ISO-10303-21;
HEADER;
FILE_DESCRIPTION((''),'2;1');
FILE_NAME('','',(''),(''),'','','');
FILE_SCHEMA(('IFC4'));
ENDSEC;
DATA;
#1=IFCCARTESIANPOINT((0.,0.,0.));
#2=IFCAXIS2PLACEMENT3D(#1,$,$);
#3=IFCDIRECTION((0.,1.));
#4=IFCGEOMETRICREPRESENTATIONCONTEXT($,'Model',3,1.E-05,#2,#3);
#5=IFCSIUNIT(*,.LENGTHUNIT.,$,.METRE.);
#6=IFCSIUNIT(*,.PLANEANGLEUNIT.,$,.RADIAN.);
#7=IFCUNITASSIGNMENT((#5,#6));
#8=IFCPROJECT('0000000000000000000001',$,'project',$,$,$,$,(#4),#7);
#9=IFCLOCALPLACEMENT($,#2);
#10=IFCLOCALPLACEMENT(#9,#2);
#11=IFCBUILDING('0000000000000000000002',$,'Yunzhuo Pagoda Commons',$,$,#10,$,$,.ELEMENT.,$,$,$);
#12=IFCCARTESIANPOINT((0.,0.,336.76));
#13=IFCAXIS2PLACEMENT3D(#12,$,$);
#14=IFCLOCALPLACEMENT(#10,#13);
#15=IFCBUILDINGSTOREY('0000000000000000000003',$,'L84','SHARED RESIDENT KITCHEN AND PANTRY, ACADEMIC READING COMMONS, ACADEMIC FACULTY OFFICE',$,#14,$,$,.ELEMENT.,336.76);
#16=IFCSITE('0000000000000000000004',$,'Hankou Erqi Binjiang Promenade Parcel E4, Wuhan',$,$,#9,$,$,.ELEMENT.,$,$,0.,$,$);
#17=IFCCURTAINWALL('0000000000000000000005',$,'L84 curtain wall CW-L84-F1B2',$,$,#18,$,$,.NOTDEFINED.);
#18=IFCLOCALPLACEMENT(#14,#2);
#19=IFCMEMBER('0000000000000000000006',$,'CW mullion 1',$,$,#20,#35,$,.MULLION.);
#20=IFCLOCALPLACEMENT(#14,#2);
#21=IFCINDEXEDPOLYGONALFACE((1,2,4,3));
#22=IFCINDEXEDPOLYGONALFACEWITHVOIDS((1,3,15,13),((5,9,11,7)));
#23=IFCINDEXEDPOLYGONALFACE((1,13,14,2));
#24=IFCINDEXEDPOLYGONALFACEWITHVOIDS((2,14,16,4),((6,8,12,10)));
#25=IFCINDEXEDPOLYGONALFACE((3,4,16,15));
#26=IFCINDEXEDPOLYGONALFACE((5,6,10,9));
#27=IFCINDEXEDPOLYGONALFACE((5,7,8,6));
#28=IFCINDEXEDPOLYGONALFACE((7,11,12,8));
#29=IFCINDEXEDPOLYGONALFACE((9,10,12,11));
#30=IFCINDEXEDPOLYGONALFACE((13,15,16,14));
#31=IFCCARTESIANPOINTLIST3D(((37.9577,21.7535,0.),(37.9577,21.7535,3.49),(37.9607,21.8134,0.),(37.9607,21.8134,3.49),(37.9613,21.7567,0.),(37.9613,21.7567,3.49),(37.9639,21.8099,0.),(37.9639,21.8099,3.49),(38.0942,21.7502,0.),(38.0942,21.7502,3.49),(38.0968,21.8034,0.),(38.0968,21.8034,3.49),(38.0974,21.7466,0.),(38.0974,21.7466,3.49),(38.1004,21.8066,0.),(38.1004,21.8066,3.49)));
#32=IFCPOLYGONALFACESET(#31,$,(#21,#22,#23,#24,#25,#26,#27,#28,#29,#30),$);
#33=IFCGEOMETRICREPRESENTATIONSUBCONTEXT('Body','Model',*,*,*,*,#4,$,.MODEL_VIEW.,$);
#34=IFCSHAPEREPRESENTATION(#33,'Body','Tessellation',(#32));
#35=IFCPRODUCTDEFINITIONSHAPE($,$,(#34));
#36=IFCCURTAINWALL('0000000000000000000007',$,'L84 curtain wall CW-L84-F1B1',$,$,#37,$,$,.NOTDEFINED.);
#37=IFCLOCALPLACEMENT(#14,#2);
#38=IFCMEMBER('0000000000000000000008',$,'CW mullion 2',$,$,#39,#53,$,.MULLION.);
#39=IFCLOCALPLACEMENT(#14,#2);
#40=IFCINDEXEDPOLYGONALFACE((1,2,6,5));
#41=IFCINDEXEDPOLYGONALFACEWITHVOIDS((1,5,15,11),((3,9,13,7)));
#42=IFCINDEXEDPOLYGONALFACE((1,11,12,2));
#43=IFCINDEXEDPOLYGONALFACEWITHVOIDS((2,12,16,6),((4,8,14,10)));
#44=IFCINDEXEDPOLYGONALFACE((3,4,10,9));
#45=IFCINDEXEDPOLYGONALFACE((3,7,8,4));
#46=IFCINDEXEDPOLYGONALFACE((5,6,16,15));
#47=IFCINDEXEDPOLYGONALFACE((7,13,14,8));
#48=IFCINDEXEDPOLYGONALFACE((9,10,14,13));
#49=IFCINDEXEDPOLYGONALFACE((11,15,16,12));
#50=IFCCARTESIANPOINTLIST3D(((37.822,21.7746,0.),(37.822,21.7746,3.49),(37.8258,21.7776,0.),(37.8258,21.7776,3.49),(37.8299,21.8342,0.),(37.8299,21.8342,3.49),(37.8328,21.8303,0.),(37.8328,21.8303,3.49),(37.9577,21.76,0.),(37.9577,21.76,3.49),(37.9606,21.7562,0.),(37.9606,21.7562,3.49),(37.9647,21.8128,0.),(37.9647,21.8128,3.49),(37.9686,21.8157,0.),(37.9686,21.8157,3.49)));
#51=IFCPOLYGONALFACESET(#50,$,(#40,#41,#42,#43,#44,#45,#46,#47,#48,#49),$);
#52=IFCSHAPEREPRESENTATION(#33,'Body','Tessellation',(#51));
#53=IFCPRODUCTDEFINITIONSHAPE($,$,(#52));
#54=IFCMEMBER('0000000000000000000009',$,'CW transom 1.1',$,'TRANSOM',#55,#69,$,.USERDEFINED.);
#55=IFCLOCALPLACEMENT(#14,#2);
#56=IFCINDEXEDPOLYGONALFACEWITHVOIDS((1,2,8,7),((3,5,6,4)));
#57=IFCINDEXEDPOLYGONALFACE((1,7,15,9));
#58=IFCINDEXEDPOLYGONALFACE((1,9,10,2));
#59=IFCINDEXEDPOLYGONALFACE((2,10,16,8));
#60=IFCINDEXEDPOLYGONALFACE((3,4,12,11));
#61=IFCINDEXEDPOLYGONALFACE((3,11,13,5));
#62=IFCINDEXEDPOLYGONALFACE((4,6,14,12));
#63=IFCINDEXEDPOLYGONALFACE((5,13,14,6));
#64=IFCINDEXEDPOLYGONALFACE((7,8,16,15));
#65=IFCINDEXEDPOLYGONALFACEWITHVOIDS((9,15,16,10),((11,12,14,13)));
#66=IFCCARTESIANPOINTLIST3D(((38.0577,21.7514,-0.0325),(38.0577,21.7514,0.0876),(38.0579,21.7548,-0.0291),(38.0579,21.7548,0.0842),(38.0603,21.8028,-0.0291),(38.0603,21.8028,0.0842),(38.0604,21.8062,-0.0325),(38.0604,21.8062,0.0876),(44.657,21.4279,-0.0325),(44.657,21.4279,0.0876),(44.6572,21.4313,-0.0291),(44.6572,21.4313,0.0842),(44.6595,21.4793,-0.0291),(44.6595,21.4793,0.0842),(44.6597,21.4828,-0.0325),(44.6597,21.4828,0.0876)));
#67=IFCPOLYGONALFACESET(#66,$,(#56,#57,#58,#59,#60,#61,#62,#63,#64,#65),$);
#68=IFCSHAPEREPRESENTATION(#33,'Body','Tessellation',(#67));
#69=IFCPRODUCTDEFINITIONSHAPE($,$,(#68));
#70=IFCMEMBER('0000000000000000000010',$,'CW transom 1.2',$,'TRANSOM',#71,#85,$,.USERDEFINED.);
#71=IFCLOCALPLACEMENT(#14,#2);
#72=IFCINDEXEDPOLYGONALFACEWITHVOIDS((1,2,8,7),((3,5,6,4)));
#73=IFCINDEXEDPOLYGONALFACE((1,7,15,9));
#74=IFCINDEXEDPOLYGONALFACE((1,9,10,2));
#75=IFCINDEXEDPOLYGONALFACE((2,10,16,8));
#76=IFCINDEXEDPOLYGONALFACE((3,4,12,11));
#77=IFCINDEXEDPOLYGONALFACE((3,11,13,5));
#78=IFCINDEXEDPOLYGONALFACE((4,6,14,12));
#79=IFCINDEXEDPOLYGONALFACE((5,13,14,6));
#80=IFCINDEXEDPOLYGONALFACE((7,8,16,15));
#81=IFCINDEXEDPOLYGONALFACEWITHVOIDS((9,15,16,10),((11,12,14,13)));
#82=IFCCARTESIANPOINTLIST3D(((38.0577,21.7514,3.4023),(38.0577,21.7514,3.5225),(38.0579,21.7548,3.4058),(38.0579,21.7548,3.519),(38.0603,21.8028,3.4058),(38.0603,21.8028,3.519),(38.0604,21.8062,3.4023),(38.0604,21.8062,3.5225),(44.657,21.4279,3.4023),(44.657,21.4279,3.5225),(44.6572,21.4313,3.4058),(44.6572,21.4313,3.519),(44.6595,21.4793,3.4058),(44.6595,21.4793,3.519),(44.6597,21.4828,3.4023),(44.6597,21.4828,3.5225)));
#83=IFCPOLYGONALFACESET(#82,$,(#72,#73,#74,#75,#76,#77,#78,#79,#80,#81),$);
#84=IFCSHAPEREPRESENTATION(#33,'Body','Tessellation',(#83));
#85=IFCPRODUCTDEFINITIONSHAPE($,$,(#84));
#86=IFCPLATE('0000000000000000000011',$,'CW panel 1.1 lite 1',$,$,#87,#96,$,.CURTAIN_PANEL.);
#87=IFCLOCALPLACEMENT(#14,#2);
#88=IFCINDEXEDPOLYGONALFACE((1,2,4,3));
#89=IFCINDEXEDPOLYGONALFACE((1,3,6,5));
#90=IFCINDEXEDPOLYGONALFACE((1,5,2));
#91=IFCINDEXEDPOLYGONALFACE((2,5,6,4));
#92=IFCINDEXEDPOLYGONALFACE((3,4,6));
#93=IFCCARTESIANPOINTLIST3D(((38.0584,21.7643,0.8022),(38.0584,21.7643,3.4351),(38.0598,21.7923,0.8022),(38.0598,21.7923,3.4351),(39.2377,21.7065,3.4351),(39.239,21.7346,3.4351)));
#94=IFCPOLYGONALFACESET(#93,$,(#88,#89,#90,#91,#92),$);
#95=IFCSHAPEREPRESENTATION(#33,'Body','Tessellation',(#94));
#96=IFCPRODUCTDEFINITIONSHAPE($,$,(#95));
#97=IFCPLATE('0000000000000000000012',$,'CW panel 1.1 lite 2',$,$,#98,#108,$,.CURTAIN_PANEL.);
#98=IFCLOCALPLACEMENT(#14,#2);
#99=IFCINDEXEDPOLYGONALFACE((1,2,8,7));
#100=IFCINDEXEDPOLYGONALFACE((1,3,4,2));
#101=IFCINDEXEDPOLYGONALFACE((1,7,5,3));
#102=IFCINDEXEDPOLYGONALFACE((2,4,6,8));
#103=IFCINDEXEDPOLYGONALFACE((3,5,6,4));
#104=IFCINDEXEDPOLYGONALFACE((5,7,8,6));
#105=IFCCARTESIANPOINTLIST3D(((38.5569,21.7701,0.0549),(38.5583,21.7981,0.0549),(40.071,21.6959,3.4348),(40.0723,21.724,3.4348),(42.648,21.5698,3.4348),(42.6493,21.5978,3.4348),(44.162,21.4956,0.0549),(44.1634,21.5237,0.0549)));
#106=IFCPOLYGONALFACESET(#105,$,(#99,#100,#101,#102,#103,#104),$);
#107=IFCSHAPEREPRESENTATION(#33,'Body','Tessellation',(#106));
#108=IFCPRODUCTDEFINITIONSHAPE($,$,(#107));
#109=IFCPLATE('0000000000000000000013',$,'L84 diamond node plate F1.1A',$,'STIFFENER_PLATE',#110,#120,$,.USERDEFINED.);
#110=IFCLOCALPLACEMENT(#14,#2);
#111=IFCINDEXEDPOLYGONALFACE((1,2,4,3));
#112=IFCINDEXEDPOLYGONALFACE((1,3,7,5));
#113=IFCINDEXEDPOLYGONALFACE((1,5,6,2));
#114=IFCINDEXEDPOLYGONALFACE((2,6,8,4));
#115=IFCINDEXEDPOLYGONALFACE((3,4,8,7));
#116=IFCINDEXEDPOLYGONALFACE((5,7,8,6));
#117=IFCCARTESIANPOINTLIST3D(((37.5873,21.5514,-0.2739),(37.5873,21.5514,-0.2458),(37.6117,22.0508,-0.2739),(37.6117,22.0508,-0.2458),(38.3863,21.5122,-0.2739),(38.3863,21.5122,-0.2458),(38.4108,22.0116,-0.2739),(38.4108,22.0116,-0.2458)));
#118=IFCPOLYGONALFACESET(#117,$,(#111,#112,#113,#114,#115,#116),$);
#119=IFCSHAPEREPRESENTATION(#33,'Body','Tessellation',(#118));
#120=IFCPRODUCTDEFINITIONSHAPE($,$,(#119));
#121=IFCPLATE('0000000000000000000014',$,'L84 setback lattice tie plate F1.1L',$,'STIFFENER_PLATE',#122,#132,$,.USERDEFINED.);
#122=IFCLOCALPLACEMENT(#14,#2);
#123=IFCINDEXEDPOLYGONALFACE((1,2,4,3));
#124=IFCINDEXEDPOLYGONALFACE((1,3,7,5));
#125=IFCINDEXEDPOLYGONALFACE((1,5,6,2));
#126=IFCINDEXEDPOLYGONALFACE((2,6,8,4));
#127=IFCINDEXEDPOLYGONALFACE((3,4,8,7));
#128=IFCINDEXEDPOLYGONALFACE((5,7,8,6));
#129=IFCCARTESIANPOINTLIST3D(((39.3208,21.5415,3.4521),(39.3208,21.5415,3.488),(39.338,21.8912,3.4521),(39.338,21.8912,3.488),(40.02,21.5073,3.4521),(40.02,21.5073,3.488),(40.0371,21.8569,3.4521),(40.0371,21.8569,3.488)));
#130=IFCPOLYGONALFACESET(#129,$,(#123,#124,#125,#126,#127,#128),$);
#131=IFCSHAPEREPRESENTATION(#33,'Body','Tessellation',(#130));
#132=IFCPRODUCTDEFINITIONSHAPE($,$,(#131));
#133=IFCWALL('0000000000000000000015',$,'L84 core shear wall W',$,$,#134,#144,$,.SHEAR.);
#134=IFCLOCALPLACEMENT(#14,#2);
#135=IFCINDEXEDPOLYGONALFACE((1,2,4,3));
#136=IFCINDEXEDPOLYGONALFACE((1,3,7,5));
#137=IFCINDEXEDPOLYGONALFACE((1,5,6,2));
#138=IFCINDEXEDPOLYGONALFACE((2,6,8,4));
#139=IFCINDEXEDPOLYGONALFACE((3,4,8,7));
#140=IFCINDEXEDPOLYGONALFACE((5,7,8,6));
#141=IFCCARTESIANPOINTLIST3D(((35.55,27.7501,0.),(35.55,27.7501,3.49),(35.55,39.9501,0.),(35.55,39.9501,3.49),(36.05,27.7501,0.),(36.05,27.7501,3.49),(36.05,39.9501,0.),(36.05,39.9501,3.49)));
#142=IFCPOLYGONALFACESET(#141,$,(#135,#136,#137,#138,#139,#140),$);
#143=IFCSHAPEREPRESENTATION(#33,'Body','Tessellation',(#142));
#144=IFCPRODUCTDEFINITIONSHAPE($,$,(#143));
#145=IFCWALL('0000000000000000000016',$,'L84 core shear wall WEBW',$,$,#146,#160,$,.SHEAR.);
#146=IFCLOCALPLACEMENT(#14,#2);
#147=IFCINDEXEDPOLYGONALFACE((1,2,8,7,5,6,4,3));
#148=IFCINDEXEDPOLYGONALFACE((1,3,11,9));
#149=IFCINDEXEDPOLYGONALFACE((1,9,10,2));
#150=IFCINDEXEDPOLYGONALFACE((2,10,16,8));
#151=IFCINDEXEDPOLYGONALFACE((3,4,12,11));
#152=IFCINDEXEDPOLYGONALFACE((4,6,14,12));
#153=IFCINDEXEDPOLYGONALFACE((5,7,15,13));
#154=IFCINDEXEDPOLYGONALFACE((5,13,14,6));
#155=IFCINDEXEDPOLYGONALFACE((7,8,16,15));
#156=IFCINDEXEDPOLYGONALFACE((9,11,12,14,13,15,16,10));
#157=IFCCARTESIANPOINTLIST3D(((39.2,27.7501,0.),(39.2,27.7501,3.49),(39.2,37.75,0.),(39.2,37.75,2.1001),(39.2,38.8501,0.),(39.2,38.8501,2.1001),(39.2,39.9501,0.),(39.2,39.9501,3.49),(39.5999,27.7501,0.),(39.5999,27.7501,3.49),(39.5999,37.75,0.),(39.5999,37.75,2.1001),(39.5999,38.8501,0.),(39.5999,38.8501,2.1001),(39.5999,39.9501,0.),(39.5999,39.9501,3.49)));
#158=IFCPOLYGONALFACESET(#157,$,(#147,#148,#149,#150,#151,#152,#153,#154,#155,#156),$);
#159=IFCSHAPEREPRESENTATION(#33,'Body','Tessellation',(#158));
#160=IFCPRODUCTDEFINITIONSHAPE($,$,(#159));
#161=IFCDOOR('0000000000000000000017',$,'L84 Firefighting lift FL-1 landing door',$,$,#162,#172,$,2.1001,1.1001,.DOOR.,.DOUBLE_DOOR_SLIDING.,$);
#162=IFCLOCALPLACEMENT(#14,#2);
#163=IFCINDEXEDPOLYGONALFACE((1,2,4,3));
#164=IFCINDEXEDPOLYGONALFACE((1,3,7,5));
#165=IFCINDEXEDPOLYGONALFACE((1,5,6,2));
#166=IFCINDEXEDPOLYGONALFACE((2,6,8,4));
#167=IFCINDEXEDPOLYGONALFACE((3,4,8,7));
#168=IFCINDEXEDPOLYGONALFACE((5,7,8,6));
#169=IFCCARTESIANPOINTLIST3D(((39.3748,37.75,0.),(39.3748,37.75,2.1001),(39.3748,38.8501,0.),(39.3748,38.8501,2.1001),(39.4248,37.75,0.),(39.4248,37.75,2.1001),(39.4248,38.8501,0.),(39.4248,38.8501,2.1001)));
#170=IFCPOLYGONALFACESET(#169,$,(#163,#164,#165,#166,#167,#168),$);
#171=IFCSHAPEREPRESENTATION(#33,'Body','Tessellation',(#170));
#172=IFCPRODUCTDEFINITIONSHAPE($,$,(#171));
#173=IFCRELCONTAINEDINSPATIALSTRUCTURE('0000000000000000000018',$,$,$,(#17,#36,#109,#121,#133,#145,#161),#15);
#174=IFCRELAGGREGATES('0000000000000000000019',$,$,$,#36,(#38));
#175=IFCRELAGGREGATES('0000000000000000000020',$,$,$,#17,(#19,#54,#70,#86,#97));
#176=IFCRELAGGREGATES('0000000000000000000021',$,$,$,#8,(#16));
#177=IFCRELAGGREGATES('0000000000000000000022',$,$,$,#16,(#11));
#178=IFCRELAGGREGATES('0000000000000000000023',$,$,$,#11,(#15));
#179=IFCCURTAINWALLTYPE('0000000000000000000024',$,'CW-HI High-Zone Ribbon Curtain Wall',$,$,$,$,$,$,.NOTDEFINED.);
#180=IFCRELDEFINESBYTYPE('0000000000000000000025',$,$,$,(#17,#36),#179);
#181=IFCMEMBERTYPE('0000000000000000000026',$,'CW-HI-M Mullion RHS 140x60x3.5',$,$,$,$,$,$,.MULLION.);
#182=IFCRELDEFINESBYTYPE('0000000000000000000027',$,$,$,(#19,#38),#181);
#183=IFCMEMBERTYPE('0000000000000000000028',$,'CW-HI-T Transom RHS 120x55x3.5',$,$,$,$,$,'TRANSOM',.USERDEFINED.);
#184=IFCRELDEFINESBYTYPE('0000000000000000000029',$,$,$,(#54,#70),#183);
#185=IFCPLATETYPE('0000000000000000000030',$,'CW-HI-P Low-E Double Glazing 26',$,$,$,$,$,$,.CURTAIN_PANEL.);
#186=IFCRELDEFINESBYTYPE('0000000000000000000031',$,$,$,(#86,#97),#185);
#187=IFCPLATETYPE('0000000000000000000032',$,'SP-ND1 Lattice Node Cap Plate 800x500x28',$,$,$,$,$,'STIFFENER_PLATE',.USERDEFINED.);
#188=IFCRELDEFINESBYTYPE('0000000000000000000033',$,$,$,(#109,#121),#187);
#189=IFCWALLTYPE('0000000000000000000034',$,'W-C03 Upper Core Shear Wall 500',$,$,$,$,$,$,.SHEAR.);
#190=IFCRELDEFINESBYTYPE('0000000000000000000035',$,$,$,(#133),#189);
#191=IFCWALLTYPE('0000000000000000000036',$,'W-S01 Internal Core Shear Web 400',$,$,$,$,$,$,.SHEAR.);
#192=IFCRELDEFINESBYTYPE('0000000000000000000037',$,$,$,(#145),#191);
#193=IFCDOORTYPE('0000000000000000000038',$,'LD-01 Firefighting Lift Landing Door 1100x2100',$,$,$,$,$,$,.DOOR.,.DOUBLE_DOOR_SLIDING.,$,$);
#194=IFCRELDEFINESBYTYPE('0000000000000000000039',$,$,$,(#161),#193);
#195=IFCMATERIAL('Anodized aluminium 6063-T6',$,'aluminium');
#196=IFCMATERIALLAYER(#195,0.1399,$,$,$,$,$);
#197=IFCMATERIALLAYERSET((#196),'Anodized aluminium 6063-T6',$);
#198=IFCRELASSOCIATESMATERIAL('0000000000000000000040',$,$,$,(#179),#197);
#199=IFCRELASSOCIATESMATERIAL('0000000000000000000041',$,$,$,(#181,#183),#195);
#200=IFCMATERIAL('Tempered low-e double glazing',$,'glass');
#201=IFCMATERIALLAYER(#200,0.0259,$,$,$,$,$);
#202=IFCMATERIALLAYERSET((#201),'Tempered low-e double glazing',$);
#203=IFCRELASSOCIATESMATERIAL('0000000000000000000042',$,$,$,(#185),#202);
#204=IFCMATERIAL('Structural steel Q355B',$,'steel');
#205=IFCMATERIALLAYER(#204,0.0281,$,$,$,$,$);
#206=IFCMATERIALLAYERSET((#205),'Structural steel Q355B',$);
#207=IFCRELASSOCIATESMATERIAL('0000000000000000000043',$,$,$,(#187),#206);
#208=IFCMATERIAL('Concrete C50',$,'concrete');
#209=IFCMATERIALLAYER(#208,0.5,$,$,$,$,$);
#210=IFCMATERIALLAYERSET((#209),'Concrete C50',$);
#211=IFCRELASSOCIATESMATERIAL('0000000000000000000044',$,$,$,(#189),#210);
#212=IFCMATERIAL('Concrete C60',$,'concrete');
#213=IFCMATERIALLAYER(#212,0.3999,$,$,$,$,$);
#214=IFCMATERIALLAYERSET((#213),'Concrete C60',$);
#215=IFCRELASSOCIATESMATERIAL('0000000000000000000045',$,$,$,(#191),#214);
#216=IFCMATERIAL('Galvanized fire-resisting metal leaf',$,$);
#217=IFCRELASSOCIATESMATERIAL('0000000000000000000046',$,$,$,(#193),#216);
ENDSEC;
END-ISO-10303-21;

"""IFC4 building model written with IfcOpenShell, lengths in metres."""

from ifc_helpers import new_model, si_unit, direction, frame, frame_2d, origin, origin_2d, place, context, subcontext, project, spatial, polyline, rectangle, hollow_rectangle, outline, extrude, source, transform, mapped, material, layer, layer_set, material_profile, profile_set, type_object, element, fill, aggregate, save


model = new_model("IFC4")

# Units and contexts
model_context = context("Model", 3, precision=1e-05, world=origin(), true_north=direction((0.0, 1.0)))
body_context = subcontext(model_context, "Body", "Model", "MODEL_VIEW")
ifc_project = project(units=[si_unit("LENGTHUNIT", "METRE"), si_unit("PLANEANGLEUNIT", "RADIAN")], contexts=[model_context])

# Site, building, storey
site_placement = place(None, origin())
site = spatial("IfcSite", under=ifc_project, at=site_placement, Name="Hankou Erqi Binjiang Promenade Parcel E4, Wuhan", CompositionType="ELEMENT", RefElevation=0.0)
building_placement = place(site_placement, origin())
building = spatial("IfcBuilding", under=site, at=building_placement, Name="Yunzhuo Pagoda Commons", CompositionType="ELEMENT")
storey_placement = place(building_placement, frame((0.0, 0.0, 336.76)))
storey = spatial("IfcBuildingStorey", under=building, at=storey_placement, Name="L84", Description="SHARED RESIDENT KITCHEN AND PANTRY, ACADEMIC READING COMMONS, ACADEMIC FACULTY OFFICE", CompositionType="ELEMENT", Elevation=336.76)

# Shared definitions
ifc_material_1 = material(Name="Structural steel Q355B", Category="steel")

# Curtain walls, members
ifc_material_2 = material(Name="Anodized aluminium 6063-T6", Category="aluminium")
ifc_layer_1 = layer(ifc_material_2, 0.1399)
ifc_layer_set_1 = layer_set([ifc_layer_1], Name="Anodized aluminium 6063-T6")
curtain_wall_type = type_object("IfcCurtainWallType", Name="CW-HI High-Zone Ribbon Curtain Wall", PredefinedType="NOTDEFINED", material=ifc_layer_set_1)
curtain_wall_1_placement = place(storey_placement, origin())
curtain_wall_1 = element("IfcCurtainWall", 1, at=curtain_wall_1_placement, inside=storey, type_object=curtain_wall_type, Name="L84 curtain wall CW-L84-F1B2", PredefinedType="NOTDEFINED")
ifc_material_profile_1 = material_profile(ifc_material_2, hollow_rectangle(XDim=0.0601, YDim=0.1399, WallThickness=0.0034, at=origin_2d()), Name="Anodized aluminium 6063-T6")
ifc_profile_set_1 = profile_set([ifc_material_profile_1], Name="Anodized aluminium 6063-T6")
member_type_1 = type_object("IfcMemberType", Name="CW-HI-M Mullion RHS 140x60x3.5", PredefinedType="MULLION", material=ifc_profile_set_1)
shared_shape_1 = source(origin(), body_context, "Body", "SweptSolid", [
    extrude(hollow_rectangle(XDim=0.0601, YDim=0.1399, WallThickness=0.0034, at=origin_2d()), origin(), (0.0, 0.0, 1.0), 3.49),
])
member_1_placement = place(storey_placement, frame((38.0291, 21.78, 0.0), z_axis=(0.0, 0.0, 1.0), x_axis=(0.048906, 0.998803, 0.0)))
member_1 = element("IfcMember", 2, at=member_1_placement, type_object=member_type_1, Name="CW mullion 1", PredefinedType="MULLION", context=body_context, shape_type="MappedRepresentation", body=[
    mapped(shared_shape_1, transform((0.0, 0.0, 0.0), scale=1.0)),
])
curtain_wall_2_placement = place(storey_placement, origin())
curtain_wall_2 = element("IfcCurtainWall", 3, at=curtain_wall_2_placement, inside=storey, type_object=curtain_wall_type, Name="L84 curtain wall CW-L84-F1B1", PredefinedType="NOTDEFINED")
member_2_placement = place(storey_placement, frame((37.8953, 21.7952, 0.0), z_axis=(0.0, 0.0, 1.0), x_axis=(0.132069, 0.991241, 0.0)))
member_2 = element("IfcMember", 4, at=member_2_placement, type_object=member_type_1, Name="CW mullion 2", PredefinedType="MULLION", context=body_context, shape_type="MappedRepresentation", body=[
    mapped(shared_shape_1, transform((0.0, 0.0, 0.0), scale=1.0)),
])
aggregate(curtain_wall_2, [member_2])

# Members
ifc_material_profile_2 = material_profile(ifc_material_2, hollow_rectangle(XDim=0.0549, YDim=0.1201, WallThickness=0.0034, at=origin_2d()), Name="Anodized aluminium 6063-T6")
ifc_profile_set_2 = profile_set([ifc_material_profile_2], Name="Anodized aluminium 6063-T6")
member_type_2 = type_object("IfcMemberType", Name="CW-HI-T Transom RHS 120x55x3.5", ElementType="TRANSOM", PredefinedType="USERDEFINED", material=ifc_profile_set_2)
shared_shape_2 = source(origin(), body_context, "Body", "SweptSolid", [
    extrude(hollow_rectangle(XDim=0.0549, YDim=0.1201, WallThickness=0.0034, at=origin_2d()), origin(), (0.0, 0.0, 1.0), 6.6072),
])
member_3_placement = place(storey_placement, frame((38.0591, 21.7788, 0.0276), z_axis=(0.998801, -0.048959, 0.0), x_axis=(0.048959, 0.998801, 0.0)))
member_3 = element("IfcMember", 5, at=member_3_placement, type_object=member_type_2, Name="CW transom 1.1", ObjectType="TRANSOM", PredefinedType="USERDEFINED", context=body_context, shape_type="MappedRepresentation", body=[
    mapped(shared_shape_2, transform((0.0, 0.0, 0.0), scale=1.0)),
])
member_4_placement = place(storey_placement, frame((38.0591, 21.7788, 3.4624), z_axis=(0.998801, -0.048959, 0.0), x_axis=(0.048959, 0.998801, 0.0)))
member_4 = element("IfcMember", 6, at=member_4_placement, type_object=member_type_2, Name="CW transom 1.2", ObjectType="TRANSOM", PredefinedType="USERDEFINED", context=body_context, shape_type="MappedRepresentation", body=[
    mapped(shared_shape_2, transform((0.0, 0.0, 0.0), scale=1.0)),
])

# Plates
ifc_material_3 = material(Name="Tempered low-e double glazing", Category="glass")
ifc_layer_2 = layer(ifc_material_3, 0.0259)
ifc_layer_set_2 = layer_set([ifc_layer_2], Name="Tempered low-e double glazing")
plate_type_1 = type_object("IfcPlateType", Name="CW-HI-P Low-E Double Glazing 26", PredefinedType="CURTAIN_PANEL", material=ifc_layer_set_2)
plate_1_placement = place(storey_placement, frame((38.6494, 21.7634, 2.1187), z_axis=(-0.048906, -0.998803, 0.0), x_axis=(0.998803, -0.048906, 0.0)))
plate_1 = element("IfcPlate", 7, at=plate_1_placement, type_object=plate_type_1, Name="CW panel 1.1 lite 1", PredefinedType="CURTAIN_PANEL", context=body_context, shape_type="SweptSolid", body=[
    extrude(outline(polyline([(-0.5903, -1.3164), (0.5903, 1.3164), (-0.5903, 1.3164), (-0.5903, -1.3164)])), origin(), (0.0, 0.0, 1.0), 0.0281),
])
plate_2_placement = place(storey_placement, frame((41.3608, 21.6609, 1.7449), z_axis=(-0.048906, -0.998803, 0.0), x_axis=(0.998803, -0.048906, 0.0)))
plate_2 = element("IfcPlate", 8, at=plate_2_placement, type_object=plate_type_1, Name="CW panel 1.1 lite 2", PredefinedType="CURTAIN_PANEL", context=body_context, shape_type="SweptSolid", body=[
    extrude(outline(polyline([(-2.8059, -1.6899), (2.8059, -1.6899), (1.29, 1.6899), (-1.29, 1.6899), (-2.8059, -1.6899)])), origin(), (0.0, 0.0, 1.0), 0.0281),
])
aggregate(curtain_wall_1, [member_1, member_3, member_4, plate_1, plate_2])

# Plates
ifc_layer_3 = layer(ifc_material_1, 0.0281)
ifc_layer_set_3 = layer_set([ifc_layer_3], Name="Structural steel Q355B")
plate_type_2 = type_object("IfcPlateType", Name="SP-ND1 Lattice Node Cap Plate 800x500x28", ElementType="STIFFENER_PLATE", PredefinedType="USERDEFINED", material=ifc_layer_set_3)
shared_shape_3 = source(origin(), body_context, "Body", "SweptSolid", [
    extrude(rectangle(XDim=0.8, YDim=0.5, at=origin_2d()), origin(), (0.0, 0.0, 1.0), 0.0281),
])
plate_3_placement = place(storey_placement, frame((37.999, 21.7815, -0.2739), z_axis=(0.0, 0.0, 1.0), x_axis=(0.998804, -0.048902, 0.0)))
element("IfcPlate", 9, at=plate_3_placement, inside=storey, type_object=plate_type_2, Name="L84 diamond node plate F1.1A", ObjectType="STIFFENER_PLATE", PredefinedType="USERDEFINED", context=body_context, shape_type="MappedRepresentation", body=[
    mapped(shared_shape_3, transform((0.0, 0.0, 0.0), scale=1.0)),
])
shared_shape_4 = source(origin(), body_context, "Body", "SweptSolid", [
    extrude(rectangle(XDim=0.7, YDim=0.3501, at=origin_2d()), origin(), (0.0, 0.0, 1.0), 0.0359),
])
plate_4_placement = place(storey_placement, frame((39.679, 21.6992, 3.4521), z_axis=(0.0, 0.0, 1.0), x_axis=(0.998804, -0.048902, 0.0)))
element("IfcPlate", 10, at=plate_4_placement, inside=storey, type_object=plate_type_2, Name="L84 setback lattice tie plate F1.1L", ObjectType="STIFFENER_PLATE", PredefinedType="USERDEFINED", context=body_context, shape_type="MappedRepresentation", body=[
    mapped(shared_shape_4, transform((0.0, 0.0, 0.0), scale=1.0)),
])

# Wall
ifc_material_4 = material(Name="Concrete C50", Category="concrete")
ifc_layer_4 = layer(ifc_material_4, 0.5)
ifc_layer_set_4 = layer_set([ifc_layer_4], Name="Concrete C50")
wall_type_1 = type_object("IfcWallType", Name="W-C03 Upper Core Shear Wall 500", PredefinedType="SHEAR", material=ifc_layer_set_4)
wall_1_placement = place(storey_placement, frame((35.8, 27.75, 0.0), z_axis=(0.0, 0.0, 1.0), x_axis=(0.0, 1.0, 0.0)))
element("IfcWall", 11, at=wall_1_placement, inside=storey, type_object=wall_type_1, Name="L84 core shear wall W", PredefinedType="SHEAR", context=body_context, shape_type="SweptSolid", body=[
    extrude(rectangle(XDim=12.2, YDim=0.5, at=frame_2d((6.1001, 0.0))), origin(), (0.0, 0.0, 1.0), 3.49),
])

# Wall, opening, door
ifc_material_5 = material(Name="Concrete C60", Category="concrete")
ifc_layer_5 = layer(ifc_material_5, 0.3999)
ifc_layer_set_5 = layer_set([ifc_layer_5], Name="Concrete C60")
wall_type_2 = type_object("IfcWallType", Name="W-S01 Internal Core Shear Web 400", PredefinedType="SHEAR", material=ifc_layer_set_5)
wall_2_placement = place(storey_placement, frame((39.3999, 27.75, 0.0), z_axis=(0.0, 0.0, 1.0), x_axis=(0.0, 1.0, 0.0)))
wall_2 = element("IfcWall", 12, at=wall_2_placement, inside=storey, type_object=wall_type_2, Name="L84 core shear wall WEBW", PredefinedType="SHEAR", context=body_context, shape_type="SweptSolid", body=[
    extrude(rectangle(XDim=12.2, YDim=0.3999, at=frame_2d((6.1001, 0.0))), origin(), (0.0, 0.0, 1.0), 3.49),
])
opening_placement = place(wall_2_placement, frame((10.0, 0.0, 0.0)))
opening = element("IfcOpeningElement", 13, at=opening_placement, cuts=wall_2, PredefinedType="OPENING", context=body_context, shape_type="SweptSolid", body=[
    extrude(rectangle(XDim=1.1001, YDim=2.1001, at=frame_2d((0.55, 1.05))), frame((0.0, 0.21, 0.0), z_axis=(0.0, -1.0, 0.0), x_axis=(1.0, 0.0, 0.0)), (0.0, 0.0, 1.0), 0.4199),
])
ifc_material_6 = material(Name="Galvanized fire-resisting metal leaf")
door_type = type_object("IfcDoorType", Name="LD-01 Firefighting Lift Landing Door 1100x2100", OperationType="DOUBLE_DOOR_SLIDING", PredefinedType="DOOR", material=ifc_material_6)
shared_shape_5 = source(origin(), body_context, "Body", "SweptSolid", [
    extrude(rectangle(XDim=1.1001, YDim=2.1001, at=frame_2d((0.55, 1.05))), frame((0.0, 0.0249, 0.0), z_axis=(0.0, -1.0, 0.0), x_axis=(1.0, 0.0, 0.0)), (0.0, 0.0, 1.0), 0.05),
])
door_placement = place(opening_placement, frame((1.1001, 0.0, 0.0), z_axis=(0.0, 0.0, 1.0), x_axis=(-1.0, 0.0, 0.0)))
door = element("IfcDoor", 14, at=door_placement, inside=storey, type_object=door_type, Name="L84 Firefighting lift FL-1 landing door", OperationType="DOUBLE_DOOR_SLIDING", OverallHeight=2.1001, OverallWidth=1.1001, PredefinedType="DOOR", context=body_context, shape_type="MappedRepresentation", body=[
    mapped(shared_shape_5, transform((0.0, 0.0, 0.0), scale=1.0)),
])
fill(opening, door)

save(model, "model.ifc")
